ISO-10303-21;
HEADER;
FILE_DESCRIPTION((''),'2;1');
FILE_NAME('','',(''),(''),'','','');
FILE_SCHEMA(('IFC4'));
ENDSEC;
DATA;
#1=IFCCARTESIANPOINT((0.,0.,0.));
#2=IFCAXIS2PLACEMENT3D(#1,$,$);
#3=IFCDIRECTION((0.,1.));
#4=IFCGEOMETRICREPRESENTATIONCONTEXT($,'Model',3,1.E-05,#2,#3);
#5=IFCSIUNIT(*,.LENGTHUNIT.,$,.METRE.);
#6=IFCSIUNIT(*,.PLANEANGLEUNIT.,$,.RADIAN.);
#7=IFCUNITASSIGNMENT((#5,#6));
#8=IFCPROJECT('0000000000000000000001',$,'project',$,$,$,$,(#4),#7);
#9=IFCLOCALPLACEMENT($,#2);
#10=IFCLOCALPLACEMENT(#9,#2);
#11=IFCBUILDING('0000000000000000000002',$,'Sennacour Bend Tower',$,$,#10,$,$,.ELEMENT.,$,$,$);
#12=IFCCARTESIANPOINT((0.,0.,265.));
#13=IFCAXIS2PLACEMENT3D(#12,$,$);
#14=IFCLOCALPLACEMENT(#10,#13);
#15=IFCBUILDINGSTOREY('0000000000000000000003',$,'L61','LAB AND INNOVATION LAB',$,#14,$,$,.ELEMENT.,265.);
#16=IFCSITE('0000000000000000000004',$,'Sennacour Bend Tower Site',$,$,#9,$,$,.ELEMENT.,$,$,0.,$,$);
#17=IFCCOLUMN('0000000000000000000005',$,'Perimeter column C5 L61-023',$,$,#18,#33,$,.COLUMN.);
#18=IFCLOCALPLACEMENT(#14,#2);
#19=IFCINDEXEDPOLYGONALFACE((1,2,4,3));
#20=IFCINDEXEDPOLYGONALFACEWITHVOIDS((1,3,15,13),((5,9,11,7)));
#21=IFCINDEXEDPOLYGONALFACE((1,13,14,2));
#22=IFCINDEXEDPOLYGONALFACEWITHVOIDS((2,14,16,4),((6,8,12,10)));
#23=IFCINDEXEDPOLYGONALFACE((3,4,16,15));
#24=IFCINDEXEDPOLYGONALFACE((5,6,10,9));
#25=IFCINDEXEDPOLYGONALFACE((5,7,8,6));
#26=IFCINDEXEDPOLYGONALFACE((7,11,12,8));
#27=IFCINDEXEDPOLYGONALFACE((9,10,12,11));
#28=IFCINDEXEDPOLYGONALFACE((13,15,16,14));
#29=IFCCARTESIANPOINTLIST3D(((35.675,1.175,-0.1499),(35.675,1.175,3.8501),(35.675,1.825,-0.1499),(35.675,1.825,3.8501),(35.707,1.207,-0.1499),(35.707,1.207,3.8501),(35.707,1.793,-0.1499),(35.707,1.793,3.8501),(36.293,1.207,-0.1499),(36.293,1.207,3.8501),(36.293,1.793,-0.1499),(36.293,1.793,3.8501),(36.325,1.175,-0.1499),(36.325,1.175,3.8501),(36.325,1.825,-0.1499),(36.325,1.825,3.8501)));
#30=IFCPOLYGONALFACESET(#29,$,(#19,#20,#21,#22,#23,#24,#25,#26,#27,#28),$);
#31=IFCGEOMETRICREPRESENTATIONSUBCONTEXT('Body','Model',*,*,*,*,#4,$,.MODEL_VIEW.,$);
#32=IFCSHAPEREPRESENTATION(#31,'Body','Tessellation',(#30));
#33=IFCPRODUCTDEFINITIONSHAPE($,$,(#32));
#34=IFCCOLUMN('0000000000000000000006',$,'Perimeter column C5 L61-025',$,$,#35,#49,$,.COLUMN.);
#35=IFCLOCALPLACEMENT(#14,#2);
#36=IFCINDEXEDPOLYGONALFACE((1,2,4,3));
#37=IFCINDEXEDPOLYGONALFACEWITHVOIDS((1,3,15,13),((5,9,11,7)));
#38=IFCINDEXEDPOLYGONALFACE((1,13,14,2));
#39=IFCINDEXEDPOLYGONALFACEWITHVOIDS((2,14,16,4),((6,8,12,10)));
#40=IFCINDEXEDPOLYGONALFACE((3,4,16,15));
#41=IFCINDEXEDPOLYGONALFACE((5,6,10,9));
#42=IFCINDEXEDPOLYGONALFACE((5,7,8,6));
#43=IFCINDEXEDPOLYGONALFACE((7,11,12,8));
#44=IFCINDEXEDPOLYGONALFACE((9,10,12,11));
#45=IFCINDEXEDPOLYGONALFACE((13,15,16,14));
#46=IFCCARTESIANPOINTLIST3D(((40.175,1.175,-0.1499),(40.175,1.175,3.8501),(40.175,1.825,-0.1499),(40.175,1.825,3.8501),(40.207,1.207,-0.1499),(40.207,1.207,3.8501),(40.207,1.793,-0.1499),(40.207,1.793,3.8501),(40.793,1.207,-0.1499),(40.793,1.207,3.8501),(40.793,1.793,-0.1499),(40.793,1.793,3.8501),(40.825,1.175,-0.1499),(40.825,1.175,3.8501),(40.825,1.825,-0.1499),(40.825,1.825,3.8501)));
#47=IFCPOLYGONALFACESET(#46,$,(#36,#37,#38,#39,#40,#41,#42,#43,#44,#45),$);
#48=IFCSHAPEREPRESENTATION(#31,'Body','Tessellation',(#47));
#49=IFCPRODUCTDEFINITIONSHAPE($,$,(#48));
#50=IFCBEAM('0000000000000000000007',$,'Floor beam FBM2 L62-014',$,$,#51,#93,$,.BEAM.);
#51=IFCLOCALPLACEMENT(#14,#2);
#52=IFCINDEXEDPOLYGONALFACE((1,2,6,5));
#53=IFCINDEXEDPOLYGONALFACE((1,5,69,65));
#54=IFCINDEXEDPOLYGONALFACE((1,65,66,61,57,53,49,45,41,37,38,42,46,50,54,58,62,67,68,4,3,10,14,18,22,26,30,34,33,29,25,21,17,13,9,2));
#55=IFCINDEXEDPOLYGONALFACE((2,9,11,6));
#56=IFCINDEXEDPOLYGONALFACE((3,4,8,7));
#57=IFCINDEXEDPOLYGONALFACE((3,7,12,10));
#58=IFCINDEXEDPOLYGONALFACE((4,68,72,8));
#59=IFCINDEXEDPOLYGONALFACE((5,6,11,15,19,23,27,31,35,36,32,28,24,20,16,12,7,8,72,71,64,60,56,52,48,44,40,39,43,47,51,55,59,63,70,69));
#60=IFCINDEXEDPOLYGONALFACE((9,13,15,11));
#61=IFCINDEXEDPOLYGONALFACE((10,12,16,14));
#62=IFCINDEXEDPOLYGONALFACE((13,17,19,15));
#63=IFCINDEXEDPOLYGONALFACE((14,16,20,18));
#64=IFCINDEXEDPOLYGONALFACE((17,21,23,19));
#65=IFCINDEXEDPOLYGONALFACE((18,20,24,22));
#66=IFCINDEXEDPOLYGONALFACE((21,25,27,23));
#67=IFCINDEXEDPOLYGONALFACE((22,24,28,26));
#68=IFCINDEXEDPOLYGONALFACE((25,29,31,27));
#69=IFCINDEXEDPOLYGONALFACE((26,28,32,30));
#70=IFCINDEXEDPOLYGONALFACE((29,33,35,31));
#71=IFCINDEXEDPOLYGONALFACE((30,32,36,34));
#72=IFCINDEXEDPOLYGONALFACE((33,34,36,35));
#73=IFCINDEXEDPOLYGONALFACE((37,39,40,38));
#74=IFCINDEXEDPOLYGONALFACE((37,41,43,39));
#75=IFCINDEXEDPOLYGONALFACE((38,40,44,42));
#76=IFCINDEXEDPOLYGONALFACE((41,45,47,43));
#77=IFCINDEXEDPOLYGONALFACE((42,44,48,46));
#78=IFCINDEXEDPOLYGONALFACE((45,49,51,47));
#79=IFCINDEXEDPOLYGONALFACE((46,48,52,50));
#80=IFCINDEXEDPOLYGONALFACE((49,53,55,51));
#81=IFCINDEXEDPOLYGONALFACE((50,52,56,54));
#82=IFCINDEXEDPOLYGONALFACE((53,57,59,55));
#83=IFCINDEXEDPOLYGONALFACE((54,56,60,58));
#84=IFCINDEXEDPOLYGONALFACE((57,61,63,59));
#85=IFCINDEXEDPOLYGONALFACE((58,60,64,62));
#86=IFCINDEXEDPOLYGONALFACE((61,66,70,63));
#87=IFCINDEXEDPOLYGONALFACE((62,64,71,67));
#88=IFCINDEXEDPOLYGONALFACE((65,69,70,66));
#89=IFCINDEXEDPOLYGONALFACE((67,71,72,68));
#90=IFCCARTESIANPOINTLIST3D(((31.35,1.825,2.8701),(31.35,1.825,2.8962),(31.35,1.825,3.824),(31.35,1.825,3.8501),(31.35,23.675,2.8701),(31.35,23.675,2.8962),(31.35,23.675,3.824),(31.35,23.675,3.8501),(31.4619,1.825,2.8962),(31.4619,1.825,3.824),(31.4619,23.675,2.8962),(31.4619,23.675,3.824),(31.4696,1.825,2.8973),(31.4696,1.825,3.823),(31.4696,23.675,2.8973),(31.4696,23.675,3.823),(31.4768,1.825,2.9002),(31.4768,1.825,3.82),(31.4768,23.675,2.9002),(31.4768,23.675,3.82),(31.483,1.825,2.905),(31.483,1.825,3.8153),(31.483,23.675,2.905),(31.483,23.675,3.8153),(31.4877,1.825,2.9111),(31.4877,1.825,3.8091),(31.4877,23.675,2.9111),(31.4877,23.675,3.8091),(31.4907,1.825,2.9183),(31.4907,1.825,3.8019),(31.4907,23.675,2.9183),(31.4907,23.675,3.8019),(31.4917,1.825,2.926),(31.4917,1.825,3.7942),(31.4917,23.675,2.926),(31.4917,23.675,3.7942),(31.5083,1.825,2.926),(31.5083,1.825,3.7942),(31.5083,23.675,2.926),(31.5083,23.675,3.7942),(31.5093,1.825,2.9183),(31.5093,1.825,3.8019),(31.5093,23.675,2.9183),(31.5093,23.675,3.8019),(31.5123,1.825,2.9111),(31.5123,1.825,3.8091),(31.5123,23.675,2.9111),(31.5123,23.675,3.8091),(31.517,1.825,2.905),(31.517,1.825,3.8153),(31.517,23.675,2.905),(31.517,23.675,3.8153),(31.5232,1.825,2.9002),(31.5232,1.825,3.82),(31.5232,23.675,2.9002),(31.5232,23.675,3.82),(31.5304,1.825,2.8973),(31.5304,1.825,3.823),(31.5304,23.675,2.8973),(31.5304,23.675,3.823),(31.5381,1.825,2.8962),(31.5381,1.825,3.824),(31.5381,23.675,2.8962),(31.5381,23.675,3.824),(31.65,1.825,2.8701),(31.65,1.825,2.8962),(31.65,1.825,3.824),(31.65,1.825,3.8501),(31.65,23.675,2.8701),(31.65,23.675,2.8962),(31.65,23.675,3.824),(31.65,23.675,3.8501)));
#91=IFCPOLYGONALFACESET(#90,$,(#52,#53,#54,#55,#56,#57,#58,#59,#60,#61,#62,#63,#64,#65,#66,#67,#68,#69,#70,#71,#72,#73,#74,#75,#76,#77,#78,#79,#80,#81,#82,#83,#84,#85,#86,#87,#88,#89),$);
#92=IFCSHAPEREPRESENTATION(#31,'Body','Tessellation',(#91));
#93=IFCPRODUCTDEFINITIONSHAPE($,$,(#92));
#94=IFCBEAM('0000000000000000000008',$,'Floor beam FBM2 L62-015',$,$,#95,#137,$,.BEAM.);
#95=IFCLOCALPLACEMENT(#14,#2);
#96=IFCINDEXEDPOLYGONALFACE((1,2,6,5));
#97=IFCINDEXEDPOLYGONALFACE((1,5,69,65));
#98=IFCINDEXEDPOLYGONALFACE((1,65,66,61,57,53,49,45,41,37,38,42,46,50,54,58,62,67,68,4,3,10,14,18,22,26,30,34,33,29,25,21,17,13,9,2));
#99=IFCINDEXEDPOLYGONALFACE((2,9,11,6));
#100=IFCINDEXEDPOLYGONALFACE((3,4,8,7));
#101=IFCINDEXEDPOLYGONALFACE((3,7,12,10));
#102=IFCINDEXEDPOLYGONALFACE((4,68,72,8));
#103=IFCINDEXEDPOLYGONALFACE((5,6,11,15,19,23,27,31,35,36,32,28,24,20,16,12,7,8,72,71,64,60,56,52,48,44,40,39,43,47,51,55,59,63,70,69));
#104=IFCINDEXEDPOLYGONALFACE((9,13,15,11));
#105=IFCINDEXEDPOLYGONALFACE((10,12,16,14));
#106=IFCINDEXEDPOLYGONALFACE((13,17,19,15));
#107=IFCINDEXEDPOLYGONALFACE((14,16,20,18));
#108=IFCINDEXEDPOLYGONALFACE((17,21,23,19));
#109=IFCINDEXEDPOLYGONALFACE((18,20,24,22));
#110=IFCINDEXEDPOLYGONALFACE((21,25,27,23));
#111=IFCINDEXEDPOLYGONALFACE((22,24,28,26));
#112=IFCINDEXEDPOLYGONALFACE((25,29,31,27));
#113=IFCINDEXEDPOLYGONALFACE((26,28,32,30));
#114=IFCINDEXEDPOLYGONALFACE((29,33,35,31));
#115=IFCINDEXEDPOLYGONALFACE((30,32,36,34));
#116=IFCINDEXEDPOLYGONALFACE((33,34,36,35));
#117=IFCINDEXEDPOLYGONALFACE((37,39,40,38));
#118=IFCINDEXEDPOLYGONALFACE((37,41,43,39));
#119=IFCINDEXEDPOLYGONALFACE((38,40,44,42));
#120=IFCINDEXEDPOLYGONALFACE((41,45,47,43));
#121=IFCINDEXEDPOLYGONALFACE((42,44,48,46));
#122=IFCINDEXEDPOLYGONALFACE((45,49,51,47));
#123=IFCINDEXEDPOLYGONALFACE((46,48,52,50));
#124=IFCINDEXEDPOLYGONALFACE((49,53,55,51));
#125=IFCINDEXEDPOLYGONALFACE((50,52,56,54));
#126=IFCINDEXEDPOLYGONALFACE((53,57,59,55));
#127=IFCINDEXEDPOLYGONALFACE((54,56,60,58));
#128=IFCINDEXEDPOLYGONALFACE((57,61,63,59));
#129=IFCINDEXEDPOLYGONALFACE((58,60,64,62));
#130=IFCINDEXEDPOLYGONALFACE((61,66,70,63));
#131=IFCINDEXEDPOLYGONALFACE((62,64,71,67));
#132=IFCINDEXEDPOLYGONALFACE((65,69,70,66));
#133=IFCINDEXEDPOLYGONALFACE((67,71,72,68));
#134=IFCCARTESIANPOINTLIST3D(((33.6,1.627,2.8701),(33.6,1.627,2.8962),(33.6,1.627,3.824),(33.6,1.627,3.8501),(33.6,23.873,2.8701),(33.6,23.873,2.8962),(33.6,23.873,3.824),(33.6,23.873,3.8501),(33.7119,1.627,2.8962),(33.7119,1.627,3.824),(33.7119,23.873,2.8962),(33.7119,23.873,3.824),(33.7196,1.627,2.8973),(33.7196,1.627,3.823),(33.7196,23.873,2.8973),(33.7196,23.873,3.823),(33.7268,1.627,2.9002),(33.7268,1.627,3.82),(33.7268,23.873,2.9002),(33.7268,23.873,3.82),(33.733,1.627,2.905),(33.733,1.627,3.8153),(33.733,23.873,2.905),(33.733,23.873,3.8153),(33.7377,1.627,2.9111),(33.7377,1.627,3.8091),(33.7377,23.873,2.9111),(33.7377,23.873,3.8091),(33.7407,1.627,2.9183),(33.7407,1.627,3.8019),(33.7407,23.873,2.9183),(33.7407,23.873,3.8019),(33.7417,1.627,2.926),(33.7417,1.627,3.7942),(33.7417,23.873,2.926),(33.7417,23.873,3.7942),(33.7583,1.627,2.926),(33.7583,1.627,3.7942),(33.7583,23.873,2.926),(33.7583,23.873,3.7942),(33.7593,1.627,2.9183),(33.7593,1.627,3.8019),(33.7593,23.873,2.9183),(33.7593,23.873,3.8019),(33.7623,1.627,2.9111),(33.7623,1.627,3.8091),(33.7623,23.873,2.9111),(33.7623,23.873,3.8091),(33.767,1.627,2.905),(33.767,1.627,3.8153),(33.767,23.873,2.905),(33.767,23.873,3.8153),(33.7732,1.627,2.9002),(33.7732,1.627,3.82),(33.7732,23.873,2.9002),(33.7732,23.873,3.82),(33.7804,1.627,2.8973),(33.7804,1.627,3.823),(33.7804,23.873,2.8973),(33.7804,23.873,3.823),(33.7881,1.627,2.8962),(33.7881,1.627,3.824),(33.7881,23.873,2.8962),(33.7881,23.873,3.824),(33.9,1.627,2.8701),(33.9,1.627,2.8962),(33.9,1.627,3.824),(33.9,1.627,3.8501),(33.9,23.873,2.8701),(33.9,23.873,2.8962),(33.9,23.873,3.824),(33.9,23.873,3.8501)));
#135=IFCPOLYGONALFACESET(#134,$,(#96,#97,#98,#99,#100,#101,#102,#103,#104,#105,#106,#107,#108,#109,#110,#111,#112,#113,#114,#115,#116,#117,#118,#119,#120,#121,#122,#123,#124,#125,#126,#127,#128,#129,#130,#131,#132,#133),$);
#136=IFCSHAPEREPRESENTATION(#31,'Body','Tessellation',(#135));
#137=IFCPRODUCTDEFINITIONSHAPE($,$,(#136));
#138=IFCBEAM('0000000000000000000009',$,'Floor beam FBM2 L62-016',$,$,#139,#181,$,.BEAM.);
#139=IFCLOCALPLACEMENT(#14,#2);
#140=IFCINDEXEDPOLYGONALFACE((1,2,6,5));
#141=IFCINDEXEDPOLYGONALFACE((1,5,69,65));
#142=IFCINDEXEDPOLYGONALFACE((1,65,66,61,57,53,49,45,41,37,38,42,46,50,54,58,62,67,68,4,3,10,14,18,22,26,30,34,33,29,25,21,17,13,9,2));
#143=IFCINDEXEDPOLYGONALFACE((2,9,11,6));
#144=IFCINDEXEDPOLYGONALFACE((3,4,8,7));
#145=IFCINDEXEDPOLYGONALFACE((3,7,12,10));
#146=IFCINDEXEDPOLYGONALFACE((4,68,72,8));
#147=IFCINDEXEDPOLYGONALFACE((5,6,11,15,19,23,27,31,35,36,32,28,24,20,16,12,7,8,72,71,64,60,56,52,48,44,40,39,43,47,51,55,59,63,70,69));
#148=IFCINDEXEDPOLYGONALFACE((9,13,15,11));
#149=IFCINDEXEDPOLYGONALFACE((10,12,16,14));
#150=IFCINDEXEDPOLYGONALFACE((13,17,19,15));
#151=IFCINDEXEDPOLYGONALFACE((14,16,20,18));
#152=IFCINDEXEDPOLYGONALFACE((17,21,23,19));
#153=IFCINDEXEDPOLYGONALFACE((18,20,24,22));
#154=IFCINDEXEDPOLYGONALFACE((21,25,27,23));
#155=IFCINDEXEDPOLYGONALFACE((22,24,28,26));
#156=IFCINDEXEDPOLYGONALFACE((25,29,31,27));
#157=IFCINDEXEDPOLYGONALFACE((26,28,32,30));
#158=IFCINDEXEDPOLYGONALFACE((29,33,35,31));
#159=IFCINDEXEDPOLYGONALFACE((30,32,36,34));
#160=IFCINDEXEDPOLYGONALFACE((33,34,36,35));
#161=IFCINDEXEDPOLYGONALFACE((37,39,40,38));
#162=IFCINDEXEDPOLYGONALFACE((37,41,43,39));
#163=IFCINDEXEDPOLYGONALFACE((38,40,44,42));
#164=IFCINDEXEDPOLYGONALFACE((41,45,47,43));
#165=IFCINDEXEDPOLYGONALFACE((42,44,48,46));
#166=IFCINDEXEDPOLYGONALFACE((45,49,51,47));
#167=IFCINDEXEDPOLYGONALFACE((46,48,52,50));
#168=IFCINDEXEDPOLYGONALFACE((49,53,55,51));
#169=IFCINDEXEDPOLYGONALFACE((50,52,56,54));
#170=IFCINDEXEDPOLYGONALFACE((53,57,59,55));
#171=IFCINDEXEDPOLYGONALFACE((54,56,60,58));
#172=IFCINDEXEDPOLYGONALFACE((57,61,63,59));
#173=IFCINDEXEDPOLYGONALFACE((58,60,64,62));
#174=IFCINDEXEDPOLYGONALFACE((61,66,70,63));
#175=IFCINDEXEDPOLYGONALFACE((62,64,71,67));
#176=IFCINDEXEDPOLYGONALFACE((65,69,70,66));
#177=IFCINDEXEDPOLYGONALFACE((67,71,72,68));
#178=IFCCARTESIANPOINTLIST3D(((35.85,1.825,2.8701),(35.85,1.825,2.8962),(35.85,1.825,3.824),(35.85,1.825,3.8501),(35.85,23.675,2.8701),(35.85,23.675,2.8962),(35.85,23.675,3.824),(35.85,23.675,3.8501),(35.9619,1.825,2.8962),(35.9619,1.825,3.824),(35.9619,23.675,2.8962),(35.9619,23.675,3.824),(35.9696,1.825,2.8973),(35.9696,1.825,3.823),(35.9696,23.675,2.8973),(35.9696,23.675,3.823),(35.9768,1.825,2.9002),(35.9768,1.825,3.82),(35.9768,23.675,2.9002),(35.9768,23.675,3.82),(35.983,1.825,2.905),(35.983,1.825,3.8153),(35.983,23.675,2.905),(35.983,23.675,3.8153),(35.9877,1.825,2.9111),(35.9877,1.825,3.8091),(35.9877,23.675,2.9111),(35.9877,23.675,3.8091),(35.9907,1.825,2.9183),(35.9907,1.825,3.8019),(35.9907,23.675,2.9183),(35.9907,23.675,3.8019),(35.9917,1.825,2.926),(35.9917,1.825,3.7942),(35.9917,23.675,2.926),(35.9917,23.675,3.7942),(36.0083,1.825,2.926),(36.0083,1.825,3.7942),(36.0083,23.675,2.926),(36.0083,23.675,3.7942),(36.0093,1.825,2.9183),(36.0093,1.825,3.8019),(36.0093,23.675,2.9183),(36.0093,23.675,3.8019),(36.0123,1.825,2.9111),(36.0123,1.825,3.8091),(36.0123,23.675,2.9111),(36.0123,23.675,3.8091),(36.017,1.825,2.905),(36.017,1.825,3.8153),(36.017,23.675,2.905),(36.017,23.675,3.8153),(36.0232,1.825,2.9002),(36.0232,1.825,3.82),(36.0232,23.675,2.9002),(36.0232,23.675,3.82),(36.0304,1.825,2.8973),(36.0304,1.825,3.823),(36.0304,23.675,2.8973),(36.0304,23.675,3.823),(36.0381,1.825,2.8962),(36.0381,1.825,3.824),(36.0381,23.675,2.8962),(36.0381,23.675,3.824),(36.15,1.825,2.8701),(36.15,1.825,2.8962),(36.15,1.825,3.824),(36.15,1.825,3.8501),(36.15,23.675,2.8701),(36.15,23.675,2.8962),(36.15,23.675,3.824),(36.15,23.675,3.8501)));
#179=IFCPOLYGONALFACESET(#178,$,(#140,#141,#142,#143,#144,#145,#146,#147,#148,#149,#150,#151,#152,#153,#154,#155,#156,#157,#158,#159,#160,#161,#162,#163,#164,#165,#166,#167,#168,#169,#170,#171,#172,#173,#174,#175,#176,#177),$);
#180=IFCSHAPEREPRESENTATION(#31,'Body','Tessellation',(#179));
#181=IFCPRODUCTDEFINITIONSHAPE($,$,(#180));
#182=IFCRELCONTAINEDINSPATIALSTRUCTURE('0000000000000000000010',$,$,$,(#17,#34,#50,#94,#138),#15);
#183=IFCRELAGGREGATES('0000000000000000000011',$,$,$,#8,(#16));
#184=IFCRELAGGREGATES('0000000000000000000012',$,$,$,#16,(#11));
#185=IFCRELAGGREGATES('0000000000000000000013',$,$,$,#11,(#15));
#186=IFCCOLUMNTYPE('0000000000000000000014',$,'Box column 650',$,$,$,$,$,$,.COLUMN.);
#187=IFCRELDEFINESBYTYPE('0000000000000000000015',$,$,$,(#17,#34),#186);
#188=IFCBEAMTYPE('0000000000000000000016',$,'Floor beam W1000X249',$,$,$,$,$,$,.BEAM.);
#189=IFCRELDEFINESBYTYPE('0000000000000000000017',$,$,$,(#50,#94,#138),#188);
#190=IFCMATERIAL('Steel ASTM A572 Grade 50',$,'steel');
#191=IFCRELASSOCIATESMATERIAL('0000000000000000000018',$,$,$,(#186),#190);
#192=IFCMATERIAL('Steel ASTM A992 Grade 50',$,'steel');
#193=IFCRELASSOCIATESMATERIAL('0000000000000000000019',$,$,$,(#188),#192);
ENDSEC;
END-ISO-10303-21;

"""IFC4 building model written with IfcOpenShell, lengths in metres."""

from ifc_helpers import new_model, si_unit, direction, frame, origin, origin_2d, place, context, subcontext, project, spatial, hollow_rectangle, i_section, extrude, material, material_profile, profile_set, type_object, element, save


model = new_model("IFC4")

# Units and contexts
model_context = context("Model", 3, precision=1e-05, world=origin(), true_north=direction((0.0, 1.0)))
body_context = subcontext(model_context, "Body", "Model", "MODEL_VIEW")
ifc_project = project(units=[si_unit("LENGTHUNIT", "METRE"), si_unit("PLANEANGLEUNIT", "RADIAN")], contexts=[model_context])

# Site, building, storey
site_placement = place(None, origin())
site = spatial("IfcSite", under=ifc_project, at=site_placement, Name="Sennacour Bend Tower Site", CompositionType="ELEMENT", RefElevation=0.0)
building_placement = place(site_placement, origin())
building = spatial("IfcBuilding", under=site, at=building_placement, Name="Sennacour Bend Tower", CompositionType="ELEMENT")
storey_placement = place(building_placement, frame((0.0, 0.0, 265.0)))
storey = spatial("IfcBuildingStorey", under=building, at=storey_placement, Name="L61", Description="LAB AND INNOVATION LAB", CompositionType="ELEMENT", Elevation=265.0)

# Columns
ifc_material_1 = material(Name="Steel ASTM A572 Grade 50", Category="steel")
ifc_material_profile_1 = material_profile(ifc_material_1, hollow_rectangle(XDim=0.6499, YDim=0.6499, WallThickness=0.032, at=origin_2d()), Name="Steel ASTM A572 Grade 50", Category="steel")
ifc_profile_set_1 = profile_set([ifc_material_profile_1], Name="Steel ASTM A572 Grade 50")
column_type = type_object("IfcColumnType", Name="Box column 650", PredefinedType="COLUMN", material=ifc_profile_set_1)
for number, where, z_axis, x_axis, name in (
    (1, (36.0, 1.5, -0.1499), (0.0, 0.0, 1.0), (1.0, 0.0, 0.0), "Perimeter column C5 L61-023"),
    (2, (40.5, 1.5, -0.1499), (0.0, 0.0, 1.0), (1.0, 0.0, 0.0), "Perimeter column C5 L61-025"),
):
    element("IfcColumn", number, at=place(storey_placement, frame(where, z_axis=z_axis, x_axis=x_axis)), inside=storey, type_object=column_type, Name=name, PredefinedType="COLUMN", context=body_context, shape_type="SweptSolid", body=[
        extrude(hollow_rectangle(XDim=0.6499, YDim=0.6499, WallThickness=0.032, at=origin_2d()), origin(), (0.0, 0.0, 1.0), 4.0),
    ])

# Beams
ifc_material_2 = material(Name="Steel ASTM A992 Grade 50", Category="steel")
ifc_material_profile_2 = material_profile(ifc_material_2, i_section(OverallWidth=0.3, OverallDepth=0.98, WebThickness=0.0166, FlangeThickness=0.0261, FilletRadius=0.0298, at=origin_2d()), Name="Steel ASTM A992 Grade 50", Category="steel")
ifc_profile_set_2 = profile_set([ifc_material_profile_2], Name="Steel ASTM A992 Grade 50")
beam_type_1 = type_object("IfcBeamType", Name="Floor beam W1000X249", PredefinedType="BEAM", material=ifc_profile_set_2)
beam_1_placement = place(storey_placement, frame((31.5, 1.825, 3.3601), z_axis=(0.0, 1.0, 0.0), x_axis=(-1.0, 0.0, 0.0)))
element("IfcBeam", 3, at=beam_1_placement, inside=storey, type_object=beam_type_1, Name="Floor beam FBM2 L62-014", PredefinedType="BEAM", context=body_context, shape_type="SweptSolid", body=[
    extrude(i_section(OverallWidth=0.3, OverallDepth=0.98, WebThickness=0.0166, FlangeThickness=0.0261, FilletRadius=0.0298, at=origin_2d()), origin(), (0.0, 0.0, 1.0), 21.8501),
])
beam_2_placement = place(storey_placement, frame((33.75, 1.627, 3.3601), z_axis=(0.0, 1.0, 0.0), x_axis=(-1.0, 0.0, 0.0)))
element("IfcBeam", 4, at=beam_2_placement, inside=storey, type_object=beam_type_1, Name="Floor beam FBM2 L62-015", PredefinedType="BEAM", context=body_context, shape_type="SweptSolid", body=[
    extrude(i_section(OverallWidth=0.3, OverallDepth=0.98, WebThickness=0.0166, FlangeThickness=0.0261, FilletRadius=0.0298, at=origin_2d()), origin(), (0.0, 0.0, 1.0), 22.2461),
])
beam_3_placement = place(storey_placement, frame((36.0, 1.825, 3.3601), z_axis=(0.0, 1.0, 0.0), x_axis=(-1.0, 0.0, 0.0)))
element("IfcBeam", 5, at=beam_3_placement, inside=storey, type_object=beam_type_1, Name="Floor beam FBM2 L62-016", PredefinedType="BEAM", context=body_context, shape_type="SweptSolid", body=[
    extrude(i_section(OverallWidth=0.3, OverallDepth=0.98, WebThickness=0.0166, FlangeThickness=0.0261, FilletRadius=0.0298, at=origin_2d()), origin(), (0.0, 0.0, 1.0), 21.8501),
])

save(model, "model.ifc")
